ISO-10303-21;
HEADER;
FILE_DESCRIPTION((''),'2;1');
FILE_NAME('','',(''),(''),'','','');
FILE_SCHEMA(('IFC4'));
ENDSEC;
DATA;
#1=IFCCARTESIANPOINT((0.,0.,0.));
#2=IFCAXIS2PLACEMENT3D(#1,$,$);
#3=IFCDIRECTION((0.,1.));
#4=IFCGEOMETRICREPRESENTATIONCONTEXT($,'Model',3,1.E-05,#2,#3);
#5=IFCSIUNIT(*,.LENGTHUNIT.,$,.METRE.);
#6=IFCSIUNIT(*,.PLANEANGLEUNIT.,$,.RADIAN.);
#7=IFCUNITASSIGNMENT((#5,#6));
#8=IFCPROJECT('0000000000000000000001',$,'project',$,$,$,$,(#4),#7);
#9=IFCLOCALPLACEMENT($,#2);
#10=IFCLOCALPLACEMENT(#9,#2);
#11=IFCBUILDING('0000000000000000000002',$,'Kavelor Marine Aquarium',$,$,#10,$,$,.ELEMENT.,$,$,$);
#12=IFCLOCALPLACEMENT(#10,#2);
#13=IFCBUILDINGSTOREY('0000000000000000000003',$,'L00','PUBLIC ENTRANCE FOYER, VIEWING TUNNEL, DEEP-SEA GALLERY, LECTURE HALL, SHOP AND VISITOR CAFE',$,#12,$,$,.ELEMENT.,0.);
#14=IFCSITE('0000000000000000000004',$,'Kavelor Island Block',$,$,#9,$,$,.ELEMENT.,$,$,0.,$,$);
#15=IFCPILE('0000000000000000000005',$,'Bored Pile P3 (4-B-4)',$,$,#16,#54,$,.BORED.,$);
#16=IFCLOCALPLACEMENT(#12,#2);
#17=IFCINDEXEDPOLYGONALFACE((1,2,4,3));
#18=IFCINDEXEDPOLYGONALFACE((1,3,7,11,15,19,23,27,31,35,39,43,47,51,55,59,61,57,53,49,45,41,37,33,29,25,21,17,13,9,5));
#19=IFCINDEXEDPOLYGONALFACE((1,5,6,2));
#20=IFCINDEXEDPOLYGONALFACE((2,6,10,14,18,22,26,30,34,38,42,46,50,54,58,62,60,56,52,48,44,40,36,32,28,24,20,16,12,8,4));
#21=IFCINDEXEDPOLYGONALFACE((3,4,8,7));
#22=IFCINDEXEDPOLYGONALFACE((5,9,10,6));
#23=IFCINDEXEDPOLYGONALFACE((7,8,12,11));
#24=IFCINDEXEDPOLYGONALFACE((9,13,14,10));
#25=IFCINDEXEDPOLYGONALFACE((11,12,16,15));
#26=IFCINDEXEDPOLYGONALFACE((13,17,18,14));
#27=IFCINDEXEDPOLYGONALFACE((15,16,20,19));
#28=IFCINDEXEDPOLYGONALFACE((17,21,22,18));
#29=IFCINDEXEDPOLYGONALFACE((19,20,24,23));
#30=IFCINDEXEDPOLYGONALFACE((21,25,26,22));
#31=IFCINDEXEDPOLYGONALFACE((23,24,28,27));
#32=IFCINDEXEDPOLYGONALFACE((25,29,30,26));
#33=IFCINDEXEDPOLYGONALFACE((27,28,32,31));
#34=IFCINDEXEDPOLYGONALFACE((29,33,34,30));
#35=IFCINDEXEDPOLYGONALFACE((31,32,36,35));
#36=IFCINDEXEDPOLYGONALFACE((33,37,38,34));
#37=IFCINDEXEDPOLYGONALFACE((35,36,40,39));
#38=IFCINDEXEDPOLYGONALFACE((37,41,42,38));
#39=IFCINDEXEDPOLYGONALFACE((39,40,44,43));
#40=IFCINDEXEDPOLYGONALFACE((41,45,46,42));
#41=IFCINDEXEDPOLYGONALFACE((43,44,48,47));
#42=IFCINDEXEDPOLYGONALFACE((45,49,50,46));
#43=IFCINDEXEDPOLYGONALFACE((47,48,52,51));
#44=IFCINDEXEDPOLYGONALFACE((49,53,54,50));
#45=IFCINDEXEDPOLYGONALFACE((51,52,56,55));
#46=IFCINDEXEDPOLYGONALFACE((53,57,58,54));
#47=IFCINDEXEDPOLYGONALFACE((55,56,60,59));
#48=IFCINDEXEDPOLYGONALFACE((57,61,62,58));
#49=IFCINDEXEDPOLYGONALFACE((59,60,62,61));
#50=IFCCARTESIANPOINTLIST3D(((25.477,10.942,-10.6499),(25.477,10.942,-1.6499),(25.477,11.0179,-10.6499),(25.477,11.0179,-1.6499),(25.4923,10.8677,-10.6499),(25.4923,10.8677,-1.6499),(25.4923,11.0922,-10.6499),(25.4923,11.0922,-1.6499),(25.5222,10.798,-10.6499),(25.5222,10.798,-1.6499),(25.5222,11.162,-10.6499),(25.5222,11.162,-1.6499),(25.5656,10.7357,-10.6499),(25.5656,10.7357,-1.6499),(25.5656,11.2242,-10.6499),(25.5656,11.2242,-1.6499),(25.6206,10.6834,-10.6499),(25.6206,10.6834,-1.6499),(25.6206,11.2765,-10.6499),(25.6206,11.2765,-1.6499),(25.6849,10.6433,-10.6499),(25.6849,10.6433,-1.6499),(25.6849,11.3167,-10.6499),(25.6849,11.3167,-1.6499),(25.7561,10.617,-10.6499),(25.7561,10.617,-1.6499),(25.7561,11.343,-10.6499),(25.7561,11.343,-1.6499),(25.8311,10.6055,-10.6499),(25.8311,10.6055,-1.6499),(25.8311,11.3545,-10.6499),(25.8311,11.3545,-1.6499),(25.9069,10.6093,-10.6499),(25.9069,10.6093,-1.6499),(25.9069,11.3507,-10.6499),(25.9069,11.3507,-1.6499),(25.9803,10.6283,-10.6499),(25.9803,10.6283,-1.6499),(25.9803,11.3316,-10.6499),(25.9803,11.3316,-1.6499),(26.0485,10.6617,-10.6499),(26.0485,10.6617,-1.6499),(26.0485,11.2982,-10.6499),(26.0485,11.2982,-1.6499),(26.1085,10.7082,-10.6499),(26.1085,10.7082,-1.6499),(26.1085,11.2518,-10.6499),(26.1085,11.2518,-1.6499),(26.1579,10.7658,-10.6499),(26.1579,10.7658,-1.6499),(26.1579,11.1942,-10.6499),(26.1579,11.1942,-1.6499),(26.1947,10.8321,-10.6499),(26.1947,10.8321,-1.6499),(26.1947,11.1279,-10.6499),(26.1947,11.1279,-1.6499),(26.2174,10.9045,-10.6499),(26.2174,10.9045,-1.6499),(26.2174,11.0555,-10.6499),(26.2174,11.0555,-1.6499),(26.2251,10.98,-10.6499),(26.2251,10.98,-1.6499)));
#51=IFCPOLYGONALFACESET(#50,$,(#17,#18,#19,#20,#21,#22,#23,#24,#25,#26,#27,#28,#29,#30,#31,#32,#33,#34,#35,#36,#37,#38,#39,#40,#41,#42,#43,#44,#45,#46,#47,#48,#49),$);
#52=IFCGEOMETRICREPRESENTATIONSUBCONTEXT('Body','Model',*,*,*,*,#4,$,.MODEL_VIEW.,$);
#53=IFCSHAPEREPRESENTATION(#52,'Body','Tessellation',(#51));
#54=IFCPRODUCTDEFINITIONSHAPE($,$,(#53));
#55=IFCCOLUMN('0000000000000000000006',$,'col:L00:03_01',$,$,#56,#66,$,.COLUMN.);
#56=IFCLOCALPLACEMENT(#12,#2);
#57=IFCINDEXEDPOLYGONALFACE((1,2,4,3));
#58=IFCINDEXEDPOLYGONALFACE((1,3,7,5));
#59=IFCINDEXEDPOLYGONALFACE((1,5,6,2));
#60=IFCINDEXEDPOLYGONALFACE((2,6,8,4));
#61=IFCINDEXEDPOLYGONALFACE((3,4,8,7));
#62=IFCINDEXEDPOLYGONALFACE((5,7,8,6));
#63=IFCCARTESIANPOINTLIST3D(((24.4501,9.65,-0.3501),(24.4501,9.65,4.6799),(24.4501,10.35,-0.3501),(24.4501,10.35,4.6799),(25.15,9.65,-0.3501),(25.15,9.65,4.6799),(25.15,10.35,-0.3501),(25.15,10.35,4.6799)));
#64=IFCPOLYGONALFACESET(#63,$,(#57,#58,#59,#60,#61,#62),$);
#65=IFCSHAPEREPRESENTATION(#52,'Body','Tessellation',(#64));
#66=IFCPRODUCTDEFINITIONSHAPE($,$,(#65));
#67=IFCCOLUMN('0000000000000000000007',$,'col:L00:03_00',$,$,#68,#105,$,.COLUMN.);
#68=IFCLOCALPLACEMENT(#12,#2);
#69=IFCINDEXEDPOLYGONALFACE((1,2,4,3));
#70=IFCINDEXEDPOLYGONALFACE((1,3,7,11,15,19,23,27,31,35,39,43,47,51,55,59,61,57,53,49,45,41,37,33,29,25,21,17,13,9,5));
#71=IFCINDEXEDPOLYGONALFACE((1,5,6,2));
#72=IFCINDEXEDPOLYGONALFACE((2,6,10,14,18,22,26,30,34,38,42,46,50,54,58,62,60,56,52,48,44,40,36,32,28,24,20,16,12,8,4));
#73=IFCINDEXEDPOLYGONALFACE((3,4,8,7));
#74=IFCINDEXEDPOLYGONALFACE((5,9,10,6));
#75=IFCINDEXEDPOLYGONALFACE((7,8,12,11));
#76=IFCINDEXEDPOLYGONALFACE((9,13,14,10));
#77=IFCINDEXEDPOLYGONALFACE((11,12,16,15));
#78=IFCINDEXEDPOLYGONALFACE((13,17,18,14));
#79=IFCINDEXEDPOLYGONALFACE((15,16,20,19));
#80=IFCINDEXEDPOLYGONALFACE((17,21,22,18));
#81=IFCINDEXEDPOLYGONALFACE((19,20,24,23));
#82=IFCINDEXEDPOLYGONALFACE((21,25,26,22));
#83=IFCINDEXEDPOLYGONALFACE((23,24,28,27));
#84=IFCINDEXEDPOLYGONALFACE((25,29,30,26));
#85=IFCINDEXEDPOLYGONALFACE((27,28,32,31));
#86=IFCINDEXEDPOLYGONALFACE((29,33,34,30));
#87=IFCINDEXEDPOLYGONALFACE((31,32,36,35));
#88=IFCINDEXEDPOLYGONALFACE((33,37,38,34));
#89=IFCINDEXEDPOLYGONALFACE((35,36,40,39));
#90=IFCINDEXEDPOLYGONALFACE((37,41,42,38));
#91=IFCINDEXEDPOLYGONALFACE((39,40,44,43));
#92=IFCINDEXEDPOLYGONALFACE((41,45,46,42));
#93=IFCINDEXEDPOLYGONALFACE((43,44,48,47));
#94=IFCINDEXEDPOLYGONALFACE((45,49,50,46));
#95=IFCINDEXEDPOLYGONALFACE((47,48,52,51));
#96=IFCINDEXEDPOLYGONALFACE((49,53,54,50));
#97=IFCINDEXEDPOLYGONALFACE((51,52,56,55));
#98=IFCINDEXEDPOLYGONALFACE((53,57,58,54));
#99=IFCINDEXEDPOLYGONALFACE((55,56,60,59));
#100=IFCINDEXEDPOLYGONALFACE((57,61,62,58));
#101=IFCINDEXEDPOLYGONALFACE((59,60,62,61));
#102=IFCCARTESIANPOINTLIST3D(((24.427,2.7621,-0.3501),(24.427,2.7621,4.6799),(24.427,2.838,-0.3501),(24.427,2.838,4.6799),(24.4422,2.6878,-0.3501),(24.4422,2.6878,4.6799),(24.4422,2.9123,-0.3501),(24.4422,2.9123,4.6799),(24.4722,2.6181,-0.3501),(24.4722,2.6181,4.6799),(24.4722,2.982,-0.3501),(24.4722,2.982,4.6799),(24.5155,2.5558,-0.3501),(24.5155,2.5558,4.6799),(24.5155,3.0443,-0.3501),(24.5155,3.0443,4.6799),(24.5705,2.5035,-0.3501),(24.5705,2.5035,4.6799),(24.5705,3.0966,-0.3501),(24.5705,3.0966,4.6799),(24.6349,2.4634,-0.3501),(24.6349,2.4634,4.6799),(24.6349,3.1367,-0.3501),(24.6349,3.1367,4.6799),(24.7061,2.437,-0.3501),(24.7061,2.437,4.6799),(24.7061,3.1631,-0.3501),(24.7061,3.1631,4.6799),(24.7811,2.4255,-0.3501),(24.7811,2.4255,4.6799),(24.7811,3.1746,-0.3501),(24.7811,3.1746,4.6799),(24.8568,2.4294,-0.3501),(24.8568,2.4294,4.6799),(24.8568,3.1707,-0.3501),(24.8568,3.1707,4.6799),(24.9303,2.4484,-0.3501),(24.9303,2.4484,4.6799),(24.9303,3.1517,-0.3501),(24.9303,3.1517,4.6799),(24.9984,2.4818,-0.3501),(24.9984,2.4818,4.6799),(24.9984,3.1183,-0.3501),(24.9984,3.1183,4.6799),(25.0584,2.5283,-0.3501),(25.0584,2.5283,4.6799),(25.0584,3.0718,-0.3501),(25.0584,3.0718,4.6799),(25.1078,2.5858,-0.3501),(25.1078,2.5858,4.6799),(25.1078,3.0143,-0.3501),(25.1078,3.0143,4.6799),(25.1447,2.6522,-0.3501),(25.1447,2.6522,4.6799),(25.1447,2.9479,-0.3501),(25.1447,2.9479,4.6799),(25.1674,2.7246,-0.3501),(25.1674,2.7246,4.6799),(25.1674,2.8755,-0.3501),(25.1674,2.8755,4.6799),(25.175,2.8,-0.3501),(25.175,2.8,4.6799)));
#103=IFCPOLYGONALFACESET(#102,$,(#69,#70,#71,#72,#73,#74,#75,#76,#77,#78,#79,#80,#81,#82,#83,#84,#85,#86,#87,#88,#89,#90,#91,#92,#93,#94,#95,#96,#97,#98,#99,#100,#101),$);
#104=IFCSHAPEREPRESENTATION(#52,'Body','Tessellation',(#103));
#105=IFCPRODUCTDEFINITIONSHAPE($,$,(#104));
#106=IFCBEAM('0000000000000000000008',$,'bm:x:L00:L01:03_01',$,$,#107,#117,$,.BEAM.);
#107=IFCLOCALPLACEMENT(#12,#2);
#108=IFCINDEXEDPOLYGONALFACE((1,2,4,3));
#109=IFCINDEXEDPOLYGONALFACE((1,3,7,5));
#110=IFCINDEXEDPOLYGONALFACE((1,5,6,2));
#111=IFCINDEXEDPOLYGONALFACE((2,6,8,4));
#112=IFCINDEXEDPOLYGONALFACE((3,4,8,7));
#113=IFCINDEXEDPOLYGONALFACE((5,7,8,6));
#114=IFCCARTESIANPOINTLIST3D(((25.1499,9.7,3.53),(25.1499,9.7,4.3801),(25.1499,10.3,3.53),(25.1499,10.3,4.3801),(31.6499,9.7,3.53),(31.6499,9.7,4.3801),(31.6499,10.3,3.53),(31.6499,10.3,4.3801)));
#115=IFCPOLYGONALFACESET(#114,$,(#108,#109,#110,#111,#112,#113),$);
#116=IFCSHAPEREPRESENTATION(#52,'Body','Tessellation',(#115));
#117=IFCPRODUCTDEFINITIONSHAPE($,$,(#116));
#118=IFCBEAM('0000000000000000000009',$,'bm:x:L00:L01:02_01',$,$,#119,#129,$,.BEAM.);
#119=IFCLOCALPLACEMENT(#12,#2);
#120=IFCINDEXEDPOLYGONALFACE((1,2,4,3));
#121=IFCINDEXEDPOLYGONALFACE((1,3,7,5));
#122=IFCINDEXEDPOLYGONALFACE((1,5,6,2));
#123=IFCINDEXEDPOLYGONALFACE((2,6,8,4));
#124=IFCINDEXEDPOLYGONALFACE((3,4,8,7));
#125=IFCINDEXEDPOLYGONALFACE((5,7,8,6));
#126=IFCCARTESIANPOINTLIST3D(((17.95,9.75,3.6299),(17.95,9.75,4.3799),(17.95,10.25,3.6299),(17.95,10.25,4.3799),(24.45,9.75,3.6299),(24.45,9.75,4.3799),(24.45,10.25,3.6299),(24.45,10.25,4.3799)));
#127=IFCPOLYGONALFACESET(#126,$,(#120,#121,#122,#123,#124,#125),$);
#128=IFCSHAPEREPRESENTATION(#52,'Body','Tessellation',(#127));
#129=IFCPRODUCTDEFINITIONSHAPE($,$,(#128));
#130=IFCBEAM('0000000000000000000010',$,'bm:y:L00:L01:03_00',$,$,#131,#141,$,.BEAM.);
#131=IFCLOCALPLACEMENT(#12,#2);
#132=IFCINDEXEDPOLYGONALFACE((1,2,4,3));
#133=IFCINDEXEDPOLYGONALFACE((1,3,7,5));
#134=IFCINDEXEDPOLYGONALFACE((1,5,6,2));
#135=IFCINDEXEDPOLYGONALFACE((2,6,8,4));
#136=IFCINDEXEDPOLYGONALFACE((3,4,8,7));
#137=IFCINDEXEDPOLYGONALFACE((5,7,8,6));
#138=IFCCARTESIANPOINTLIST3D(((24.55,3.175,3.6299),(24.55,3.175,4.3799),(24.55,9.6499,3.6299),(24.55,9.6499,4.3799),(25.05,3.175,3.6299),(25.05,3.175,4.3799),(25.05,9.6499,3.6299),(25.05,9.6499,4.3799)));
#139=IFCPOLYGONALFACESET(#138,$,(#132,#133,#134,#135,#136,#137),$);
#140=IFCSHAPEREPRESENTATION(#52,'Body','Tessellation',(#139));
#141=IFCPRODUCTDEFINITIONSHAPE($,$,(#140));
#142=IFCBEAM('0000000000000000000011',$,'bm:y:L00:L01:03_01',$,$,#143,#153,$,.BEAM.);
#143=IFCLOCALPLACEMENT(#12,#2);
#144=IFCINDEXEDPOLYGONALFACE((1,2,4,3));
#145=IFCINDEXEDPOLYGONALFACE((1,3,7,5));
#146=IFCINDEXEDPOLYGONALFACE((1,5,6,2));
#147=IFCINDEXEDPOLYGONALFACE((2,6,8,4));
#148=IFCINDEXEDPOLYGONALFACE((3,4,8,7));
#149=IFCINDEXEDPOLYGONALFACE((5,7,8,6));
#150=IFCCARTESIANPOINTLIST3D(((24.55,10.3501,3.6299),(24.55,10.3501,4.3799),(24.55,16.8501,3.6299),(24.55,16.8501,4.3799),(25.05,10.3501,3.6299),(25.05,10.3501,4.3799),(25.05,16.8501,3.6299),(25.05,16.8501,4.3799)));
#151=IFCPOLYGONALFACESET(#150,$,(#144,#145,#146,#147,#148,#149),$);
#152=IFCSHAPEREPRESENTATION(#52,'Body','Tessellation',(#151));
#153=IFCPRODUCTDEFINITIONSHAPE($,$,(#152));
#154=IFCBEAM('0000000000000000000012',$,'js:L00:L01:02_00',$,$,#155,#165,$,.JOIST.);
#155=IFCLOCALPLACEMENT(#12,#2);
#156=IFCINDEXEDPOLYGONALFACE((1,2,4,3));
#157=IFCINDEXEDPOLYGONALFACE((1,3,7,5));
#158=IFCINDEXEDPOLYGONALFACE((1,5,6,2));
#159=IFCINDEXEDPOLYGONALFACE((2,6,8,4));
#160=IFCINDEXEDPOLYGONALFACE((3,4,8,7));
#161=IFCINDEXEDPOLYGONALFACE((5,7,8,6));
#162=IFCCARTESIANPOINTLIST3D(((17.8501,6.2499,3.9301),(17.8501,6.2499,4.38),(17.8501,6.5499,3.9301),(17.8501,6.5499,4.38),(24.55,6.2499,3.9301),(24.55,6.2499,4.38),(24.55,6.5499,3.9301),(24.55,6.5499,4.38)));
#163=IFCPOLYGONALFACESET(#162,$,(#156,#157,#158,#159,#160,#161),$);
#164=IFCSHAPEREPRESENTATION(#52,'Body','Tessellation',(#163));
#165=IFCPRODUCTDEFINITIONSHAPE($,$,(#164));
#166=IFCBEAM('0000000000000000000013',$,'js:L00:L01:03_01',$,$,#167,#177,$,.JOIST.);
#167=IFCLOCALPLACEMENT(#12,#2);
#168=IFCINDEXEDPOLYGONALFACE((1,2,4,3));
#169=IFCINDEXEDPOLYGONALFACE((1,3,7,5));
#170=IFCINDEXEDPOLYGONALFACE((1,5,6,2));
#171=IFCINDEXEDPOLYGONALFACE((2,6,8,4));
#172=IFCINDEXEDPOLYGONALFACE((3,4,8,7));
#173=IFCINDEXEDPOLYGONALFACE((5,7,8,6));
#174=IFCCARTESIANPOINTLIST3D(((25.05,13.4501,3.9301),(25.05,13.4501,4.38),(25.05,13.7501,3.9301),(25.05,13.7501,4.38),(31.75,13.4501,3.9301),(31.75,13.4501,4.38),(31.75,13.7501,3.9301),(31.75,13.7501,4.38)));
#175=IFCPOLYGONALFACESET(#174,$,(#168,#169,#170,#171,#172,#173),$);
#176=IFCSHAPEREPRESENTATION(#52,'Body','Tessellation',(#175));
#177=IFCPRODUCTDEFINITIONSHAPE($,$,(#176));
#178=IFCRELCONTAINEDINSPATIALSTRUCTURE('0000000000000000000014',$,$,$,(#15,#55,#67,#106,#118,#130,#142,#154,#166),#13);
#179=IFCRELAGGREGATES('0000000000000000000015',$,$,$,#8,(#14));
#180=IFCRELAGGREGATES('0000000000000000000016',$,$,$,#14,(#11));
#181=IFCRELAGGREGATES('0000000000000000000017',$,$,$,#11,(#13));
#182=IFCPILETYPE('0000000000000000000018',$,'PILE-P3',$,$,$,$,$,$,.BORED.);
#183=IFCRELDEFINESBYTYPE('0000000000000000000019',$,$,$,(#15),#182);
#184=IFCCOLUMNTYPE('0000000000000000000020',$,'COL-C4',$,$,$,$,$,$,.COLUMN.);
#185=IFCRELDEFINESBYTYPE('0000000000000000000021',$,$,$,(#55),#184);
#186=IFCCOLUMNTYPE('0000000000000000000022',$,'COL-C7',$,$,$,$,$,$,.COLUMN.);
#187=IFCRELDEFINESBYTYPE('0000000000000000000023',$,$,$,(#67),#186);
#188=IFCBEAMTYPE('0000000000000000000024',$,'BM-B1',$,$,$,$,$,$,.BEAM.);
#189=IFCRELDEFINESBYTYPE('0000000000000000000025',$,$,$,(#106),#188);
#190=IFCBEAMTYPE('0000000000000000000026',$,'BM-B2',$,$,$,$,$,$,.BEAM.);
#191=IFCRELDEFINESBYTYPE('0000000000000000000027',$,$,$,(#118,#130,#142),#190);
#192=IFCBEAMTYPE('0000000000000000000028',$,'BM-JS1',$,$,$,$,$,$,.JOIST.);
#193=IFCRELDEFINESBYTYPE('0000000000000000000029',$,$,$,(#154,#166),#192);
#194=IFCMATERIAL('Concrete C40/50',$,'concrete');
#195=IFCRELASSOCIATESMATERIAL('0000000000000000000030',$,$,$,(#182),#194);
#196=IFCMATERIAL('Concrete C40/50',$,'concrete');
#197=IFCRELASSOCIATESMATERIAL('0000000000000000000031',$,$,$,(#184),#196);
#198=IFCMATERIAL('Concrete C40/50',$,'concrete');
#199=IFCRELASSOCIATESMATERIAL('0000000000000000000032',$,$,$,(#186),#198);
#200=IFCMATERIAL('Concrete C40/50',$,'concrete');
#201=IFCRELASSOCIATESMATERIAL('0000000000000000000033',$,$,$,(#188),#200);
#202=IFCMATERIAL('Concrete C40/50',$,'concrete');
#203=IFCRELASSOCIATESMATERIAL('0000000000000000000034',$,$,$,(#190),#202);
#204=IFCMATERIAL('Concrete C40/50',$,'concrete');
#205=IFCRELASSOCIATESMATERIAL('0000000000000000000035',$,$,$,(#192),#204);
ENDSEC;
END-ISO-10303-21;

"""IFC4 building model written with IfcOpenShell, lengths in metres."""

from ifc_helpers import new_model, si_unit, direction, frame, origin, origin_2d, place, context, subcontext, project, spatial, rectangle, circle, extrude, material, material_profile, profile_set, type_object, element, save


model = new_model("IFC4")

# Units and contexts
model_context = context("Model", 3, precision=1e-05, world=origin(), true_north=direction((0.0, 1.0)))
body_context = subcontext(model_context, "Body", "Model", "MODEL_VIEW")
ifc_project = project(units=[si_unit("LENGTHUNIT", "METRE"), si_unit("PLANEANGLEUNIT", "RADIAN")], contexts=[model_context])

# Site, building, storey
site_placement = place(None, origin())
site = spatial("IfcSite", under=ifc_project, at=site_placement, Name="Kavelor Island Block", CompositionType="ELEMENT", RefElevation=0.0)
building_placement = place(site_placement, origin())
building = spatial("IfcBuilding", under=site, at=building_placement, Name="Kavelor Marine Aquarium", CompositionType="ELEMENT")
storey_placement = place(building_placement, origin())
storey = spatial("IfcBuildingStorey", under=building, at=storey_placement, Name="L00", Description="PUBLIC ENTRANCE FOYER, VIEWING TUNNEL, DEEP-SEA GALLERY, LECTURE HALL, SHOP AND VISITOR CAFE", CompositionType="ELEMENT", Elevation=0.0)

# Pile
ifc_material_1 = material(Name="Concrete C40/50", Category="concrete")
ifc_material_profile_1 = material_profile(ifc_material_1, circle(Radius=0.375, at=origin_2d()), Name="PILE D750")
ifc_profile_set_1 = profile_set([ifc_material_profile_1], Name="Concrete C40/50")
pile_type_1 = type_object("IfcPileType", Name="PILE-P3", PredefinedType="BORED", material=ifc_profile_set_1)
for number, where, z_axis, x_axis, name in (
    (1, (25.8501, 10.98, -1.6499), (0.0, 0.0, -1.0), (1.0, 0.0, 0.0), "Bored Pile P3 (4-B-4)"),
):
    element("IfcPile", number, at=place(storey_placement, frame(where, z_axis=z_axis, x_axis=x_axis)), inside=storey, type_object=pile_type_1, Name=name, PredefinedType="BORED", context=body_context, shape_type="SweptSolid", body=[
        extrude(circle(Radius=0.375, at=origin_2d()), origin(), (0.0, 0.0, 1.0), 9.0),
    ])

# Columns
ifc_material_2 = material(Name="Concrete C40/50", Category="concrete")
ifc_material_profile_2 = material_profile(ifc_material_2, rectangle(XDim=0.7, YDim=0.7, at=origin_2d()), Name="RC-COL 700x700")
ifc_profile_set_2 = profile_set([ifc_material_profile_2], Name="Concrete C40/50")
column_type_1 = type_object("IfcColumnType", Name="COL-C4", PredefinedType="COLUMN", material=ifc_profile_set_2)
column_1_placement = place(storey_placement, frame((24.8, 10.0, -0.3501), z_axis=(0.0, 0.0, 1.0), x_axis=(1.0, 0.0, 0.0)))
element("IfcColumn", 2, at=column_1_placement, inside=storey, type_object=column_type_1, Name="col:L00:03_01", PredefinedType="COLUMN", context=body_context, shape_type="SweptSolid", body=[
    extrude(rectangle(XDim=0.7, YDim=0.7, at=origin_2d()), origin(), (0.0, 0.0, 1.0), 5.03),
])
ifc_material_3 = material(Name="Concrete C40/50", Category="concrete")
ifc_material_profile_3 = material_profile(ifc_material_3, circle(Radius=0.375, at=origin_2d()), Name="RC-COL D750")
ifc_profile_set_3 = profile_set([ifc_material_profile_3], Name="Concrete C40/50")
column_type_2 = type_object("IfcColumnType", Name="COL-C7", PredefinedType="COLUMN", material=ifc_profile_set_3)
column_2_placement = place(storey_placement, frame((24.8, 2.8, -0.3501), z_axis=(0.0, 0.0, 1.0), x_axis=(1.0, 0.0, 0.0)))
element("IfcColumn", 3, at=column_2_placement, inside=storey, type_object=column_type_2, Name="col:L00:03_00", PredefinedType="COLUMN", context=body_context, shape_type="SweptSolid", body=[
    extrude(circle(Radius=0.375, at=origin_2d()), origin(), (0.0, 0.0, 1.0), 5.03),
])

# Beams
ifc_material_4 = material(Name="Concrete C40/50", Category="concrete")
ifc_material_profile_4 = material_profile(ifc_material_4, rectangle(XDim=0.6001, YDim=0.8501, at=origin_2d()), Name="RC-BM 600x850")
ifc_profile_set_4 = profile_set([ifc_material_profile_4], Name="Concrete C40/50")
beam_type_1 = type_object("IfcBeamType", Name="BM-B1", PredefinedType="BEAM", material=ifc_profile_set_4)
beam_1_placement = place(storey_placement, frame((25.1499, 10.0, 3.9551), z_axis=(1.0, 0.0, 0.0), x_axis=(0.0, 1.0, 0.0)))
element("IfcBeam", 4, at=beam_1_placement, inside=storey, type_object=beam_type_1, Name="bm:x:L00:L01:03_01", PredefinedType="BEAM", context=body_context, shape_type="SweptSolid", body=[
    extrude(rectangle(XDim=0.6001, YDim=0.8501, at=origin_2d()), origin(), (0.0, 0.0, 1.0), 6.5),
])
ifc_material_5 = material(Name="Concrete C40/50", Category="concrete")
ifc_material_profile_5 = material_profile(ifc_material_5, rectangle(XDim=0.5, YDim=0.75, at=origin_2d()), Name="RC-BM 500x750")
ifc_profile_set_5 = profile_set([ifc_material_profile_5], Name="Concrete C40/50")
beam_type_2 = type_object("IfcBeamType", Name="BM-B2", PredefinedType="BEAM", material=ifc_profile_set_5)
beam_2_placement = place(storey_placement, frame((17.95, 10.0, 4.0049), z_axis=(1.0, 0.0, 0.0), x_axis=(0.0, 1.0, 0.0)))
element("IfcBeam", 5, at=beam_2_placement, inside=storey, type_object=beam_type_2, Name="bm:x:L00:L01:02_01", PredefinedType="BEAM", context=body_context, shape_type="SweptSolid", body=[
    extrude(rectangle(XDim=0.5, YDim=0.75, at=origin_2d()), origin(), (0.0, 0.0, 1.0), 6.5),
])
beam_3_placement = place(storey_placement, frame((24.8, 3.175, 4.0049), z_axis=(0.0, 1.0, 0.0), x_axis=(-1.0, 0.0, 0.0)))
element("IfcBeam", 6, at=beam_3_placement, inside=storey, type_object=beam_type_2, Name="bm:y:L00:L01:03_00", PredefinedType="BEAM", context=body_context, shape_type="SweptSolid", body=[
    extrude(rectangle(XDim=0.5, YDim=0.75, at=origin_2d()), origin(), (0.0, 0.0, 1.0), 6.4749),
])
beam_4_placement = place(storey_placement, frame((24.8, 10.3501, 4.0049), z_axis=(0.0, 1.0, 0.0), x_axis=(-1.0, 0.0, 0.0)))
element("IfcBeam", 7, at=beam_4_placement, inside=storey, type_object=beam_type_2, Name="bm:y:L00:L01:03_01", PredefinedType="BEAM", context=body_context, shape_type="SweptSolid", body=[
    extrude(rectangle(XDim=0.5, YDim=0.75, at=origin_2d()), origin(), (0.0, 0.0, 1.0), 6.5),
])
ifc_material_6 = material(Name="Concrete C40/50", Category="concrete")
ifc_material_profile_6 = material_profile(ifc_material_6, rectangle(XDim=0.3, YDim=0.45, at=origin_2d()), Name="RC-JS 300x450")
ifc_profile_set_6 = profile_set([ifc_material_profile_6], Name="Concrete C40/50")
beam_type_3 = type_object("IfcBeamType", Name="BM-JS1", PredefinedType="JOIST", material=ifc_profile_set_6)
for number, where, z_axis, x_axis, name in (
    (8, (17.8501, 6.3999, 4.155), (1.0, 0.0, 0.0), (0.0, 1.0, 0.0), "js:L00:L01:02_00"),
    (9, (25.05, 13.6001, 4.155), (1.0, 0.0, 0.0), (0.0, 1.0, 0.0), "js:L00:L01:03_01"),
):
    element("IfcBeam", number, at=place(storey_placement, frame(where, z_axis=z_axis, x_axis=x_axis)), inside=storey, type_object=beam_type_3, Name=name, PredefinedType="JOIST", context=body_context, shape_type="SweptSolid", body=[
        extrude(rectangle(XDim=0.3, YDim=0.45, at=origin_2d()), origin(), (0.0, 0.0, 1.0), 6.7),
    ])

save(model, "model.ifc")
